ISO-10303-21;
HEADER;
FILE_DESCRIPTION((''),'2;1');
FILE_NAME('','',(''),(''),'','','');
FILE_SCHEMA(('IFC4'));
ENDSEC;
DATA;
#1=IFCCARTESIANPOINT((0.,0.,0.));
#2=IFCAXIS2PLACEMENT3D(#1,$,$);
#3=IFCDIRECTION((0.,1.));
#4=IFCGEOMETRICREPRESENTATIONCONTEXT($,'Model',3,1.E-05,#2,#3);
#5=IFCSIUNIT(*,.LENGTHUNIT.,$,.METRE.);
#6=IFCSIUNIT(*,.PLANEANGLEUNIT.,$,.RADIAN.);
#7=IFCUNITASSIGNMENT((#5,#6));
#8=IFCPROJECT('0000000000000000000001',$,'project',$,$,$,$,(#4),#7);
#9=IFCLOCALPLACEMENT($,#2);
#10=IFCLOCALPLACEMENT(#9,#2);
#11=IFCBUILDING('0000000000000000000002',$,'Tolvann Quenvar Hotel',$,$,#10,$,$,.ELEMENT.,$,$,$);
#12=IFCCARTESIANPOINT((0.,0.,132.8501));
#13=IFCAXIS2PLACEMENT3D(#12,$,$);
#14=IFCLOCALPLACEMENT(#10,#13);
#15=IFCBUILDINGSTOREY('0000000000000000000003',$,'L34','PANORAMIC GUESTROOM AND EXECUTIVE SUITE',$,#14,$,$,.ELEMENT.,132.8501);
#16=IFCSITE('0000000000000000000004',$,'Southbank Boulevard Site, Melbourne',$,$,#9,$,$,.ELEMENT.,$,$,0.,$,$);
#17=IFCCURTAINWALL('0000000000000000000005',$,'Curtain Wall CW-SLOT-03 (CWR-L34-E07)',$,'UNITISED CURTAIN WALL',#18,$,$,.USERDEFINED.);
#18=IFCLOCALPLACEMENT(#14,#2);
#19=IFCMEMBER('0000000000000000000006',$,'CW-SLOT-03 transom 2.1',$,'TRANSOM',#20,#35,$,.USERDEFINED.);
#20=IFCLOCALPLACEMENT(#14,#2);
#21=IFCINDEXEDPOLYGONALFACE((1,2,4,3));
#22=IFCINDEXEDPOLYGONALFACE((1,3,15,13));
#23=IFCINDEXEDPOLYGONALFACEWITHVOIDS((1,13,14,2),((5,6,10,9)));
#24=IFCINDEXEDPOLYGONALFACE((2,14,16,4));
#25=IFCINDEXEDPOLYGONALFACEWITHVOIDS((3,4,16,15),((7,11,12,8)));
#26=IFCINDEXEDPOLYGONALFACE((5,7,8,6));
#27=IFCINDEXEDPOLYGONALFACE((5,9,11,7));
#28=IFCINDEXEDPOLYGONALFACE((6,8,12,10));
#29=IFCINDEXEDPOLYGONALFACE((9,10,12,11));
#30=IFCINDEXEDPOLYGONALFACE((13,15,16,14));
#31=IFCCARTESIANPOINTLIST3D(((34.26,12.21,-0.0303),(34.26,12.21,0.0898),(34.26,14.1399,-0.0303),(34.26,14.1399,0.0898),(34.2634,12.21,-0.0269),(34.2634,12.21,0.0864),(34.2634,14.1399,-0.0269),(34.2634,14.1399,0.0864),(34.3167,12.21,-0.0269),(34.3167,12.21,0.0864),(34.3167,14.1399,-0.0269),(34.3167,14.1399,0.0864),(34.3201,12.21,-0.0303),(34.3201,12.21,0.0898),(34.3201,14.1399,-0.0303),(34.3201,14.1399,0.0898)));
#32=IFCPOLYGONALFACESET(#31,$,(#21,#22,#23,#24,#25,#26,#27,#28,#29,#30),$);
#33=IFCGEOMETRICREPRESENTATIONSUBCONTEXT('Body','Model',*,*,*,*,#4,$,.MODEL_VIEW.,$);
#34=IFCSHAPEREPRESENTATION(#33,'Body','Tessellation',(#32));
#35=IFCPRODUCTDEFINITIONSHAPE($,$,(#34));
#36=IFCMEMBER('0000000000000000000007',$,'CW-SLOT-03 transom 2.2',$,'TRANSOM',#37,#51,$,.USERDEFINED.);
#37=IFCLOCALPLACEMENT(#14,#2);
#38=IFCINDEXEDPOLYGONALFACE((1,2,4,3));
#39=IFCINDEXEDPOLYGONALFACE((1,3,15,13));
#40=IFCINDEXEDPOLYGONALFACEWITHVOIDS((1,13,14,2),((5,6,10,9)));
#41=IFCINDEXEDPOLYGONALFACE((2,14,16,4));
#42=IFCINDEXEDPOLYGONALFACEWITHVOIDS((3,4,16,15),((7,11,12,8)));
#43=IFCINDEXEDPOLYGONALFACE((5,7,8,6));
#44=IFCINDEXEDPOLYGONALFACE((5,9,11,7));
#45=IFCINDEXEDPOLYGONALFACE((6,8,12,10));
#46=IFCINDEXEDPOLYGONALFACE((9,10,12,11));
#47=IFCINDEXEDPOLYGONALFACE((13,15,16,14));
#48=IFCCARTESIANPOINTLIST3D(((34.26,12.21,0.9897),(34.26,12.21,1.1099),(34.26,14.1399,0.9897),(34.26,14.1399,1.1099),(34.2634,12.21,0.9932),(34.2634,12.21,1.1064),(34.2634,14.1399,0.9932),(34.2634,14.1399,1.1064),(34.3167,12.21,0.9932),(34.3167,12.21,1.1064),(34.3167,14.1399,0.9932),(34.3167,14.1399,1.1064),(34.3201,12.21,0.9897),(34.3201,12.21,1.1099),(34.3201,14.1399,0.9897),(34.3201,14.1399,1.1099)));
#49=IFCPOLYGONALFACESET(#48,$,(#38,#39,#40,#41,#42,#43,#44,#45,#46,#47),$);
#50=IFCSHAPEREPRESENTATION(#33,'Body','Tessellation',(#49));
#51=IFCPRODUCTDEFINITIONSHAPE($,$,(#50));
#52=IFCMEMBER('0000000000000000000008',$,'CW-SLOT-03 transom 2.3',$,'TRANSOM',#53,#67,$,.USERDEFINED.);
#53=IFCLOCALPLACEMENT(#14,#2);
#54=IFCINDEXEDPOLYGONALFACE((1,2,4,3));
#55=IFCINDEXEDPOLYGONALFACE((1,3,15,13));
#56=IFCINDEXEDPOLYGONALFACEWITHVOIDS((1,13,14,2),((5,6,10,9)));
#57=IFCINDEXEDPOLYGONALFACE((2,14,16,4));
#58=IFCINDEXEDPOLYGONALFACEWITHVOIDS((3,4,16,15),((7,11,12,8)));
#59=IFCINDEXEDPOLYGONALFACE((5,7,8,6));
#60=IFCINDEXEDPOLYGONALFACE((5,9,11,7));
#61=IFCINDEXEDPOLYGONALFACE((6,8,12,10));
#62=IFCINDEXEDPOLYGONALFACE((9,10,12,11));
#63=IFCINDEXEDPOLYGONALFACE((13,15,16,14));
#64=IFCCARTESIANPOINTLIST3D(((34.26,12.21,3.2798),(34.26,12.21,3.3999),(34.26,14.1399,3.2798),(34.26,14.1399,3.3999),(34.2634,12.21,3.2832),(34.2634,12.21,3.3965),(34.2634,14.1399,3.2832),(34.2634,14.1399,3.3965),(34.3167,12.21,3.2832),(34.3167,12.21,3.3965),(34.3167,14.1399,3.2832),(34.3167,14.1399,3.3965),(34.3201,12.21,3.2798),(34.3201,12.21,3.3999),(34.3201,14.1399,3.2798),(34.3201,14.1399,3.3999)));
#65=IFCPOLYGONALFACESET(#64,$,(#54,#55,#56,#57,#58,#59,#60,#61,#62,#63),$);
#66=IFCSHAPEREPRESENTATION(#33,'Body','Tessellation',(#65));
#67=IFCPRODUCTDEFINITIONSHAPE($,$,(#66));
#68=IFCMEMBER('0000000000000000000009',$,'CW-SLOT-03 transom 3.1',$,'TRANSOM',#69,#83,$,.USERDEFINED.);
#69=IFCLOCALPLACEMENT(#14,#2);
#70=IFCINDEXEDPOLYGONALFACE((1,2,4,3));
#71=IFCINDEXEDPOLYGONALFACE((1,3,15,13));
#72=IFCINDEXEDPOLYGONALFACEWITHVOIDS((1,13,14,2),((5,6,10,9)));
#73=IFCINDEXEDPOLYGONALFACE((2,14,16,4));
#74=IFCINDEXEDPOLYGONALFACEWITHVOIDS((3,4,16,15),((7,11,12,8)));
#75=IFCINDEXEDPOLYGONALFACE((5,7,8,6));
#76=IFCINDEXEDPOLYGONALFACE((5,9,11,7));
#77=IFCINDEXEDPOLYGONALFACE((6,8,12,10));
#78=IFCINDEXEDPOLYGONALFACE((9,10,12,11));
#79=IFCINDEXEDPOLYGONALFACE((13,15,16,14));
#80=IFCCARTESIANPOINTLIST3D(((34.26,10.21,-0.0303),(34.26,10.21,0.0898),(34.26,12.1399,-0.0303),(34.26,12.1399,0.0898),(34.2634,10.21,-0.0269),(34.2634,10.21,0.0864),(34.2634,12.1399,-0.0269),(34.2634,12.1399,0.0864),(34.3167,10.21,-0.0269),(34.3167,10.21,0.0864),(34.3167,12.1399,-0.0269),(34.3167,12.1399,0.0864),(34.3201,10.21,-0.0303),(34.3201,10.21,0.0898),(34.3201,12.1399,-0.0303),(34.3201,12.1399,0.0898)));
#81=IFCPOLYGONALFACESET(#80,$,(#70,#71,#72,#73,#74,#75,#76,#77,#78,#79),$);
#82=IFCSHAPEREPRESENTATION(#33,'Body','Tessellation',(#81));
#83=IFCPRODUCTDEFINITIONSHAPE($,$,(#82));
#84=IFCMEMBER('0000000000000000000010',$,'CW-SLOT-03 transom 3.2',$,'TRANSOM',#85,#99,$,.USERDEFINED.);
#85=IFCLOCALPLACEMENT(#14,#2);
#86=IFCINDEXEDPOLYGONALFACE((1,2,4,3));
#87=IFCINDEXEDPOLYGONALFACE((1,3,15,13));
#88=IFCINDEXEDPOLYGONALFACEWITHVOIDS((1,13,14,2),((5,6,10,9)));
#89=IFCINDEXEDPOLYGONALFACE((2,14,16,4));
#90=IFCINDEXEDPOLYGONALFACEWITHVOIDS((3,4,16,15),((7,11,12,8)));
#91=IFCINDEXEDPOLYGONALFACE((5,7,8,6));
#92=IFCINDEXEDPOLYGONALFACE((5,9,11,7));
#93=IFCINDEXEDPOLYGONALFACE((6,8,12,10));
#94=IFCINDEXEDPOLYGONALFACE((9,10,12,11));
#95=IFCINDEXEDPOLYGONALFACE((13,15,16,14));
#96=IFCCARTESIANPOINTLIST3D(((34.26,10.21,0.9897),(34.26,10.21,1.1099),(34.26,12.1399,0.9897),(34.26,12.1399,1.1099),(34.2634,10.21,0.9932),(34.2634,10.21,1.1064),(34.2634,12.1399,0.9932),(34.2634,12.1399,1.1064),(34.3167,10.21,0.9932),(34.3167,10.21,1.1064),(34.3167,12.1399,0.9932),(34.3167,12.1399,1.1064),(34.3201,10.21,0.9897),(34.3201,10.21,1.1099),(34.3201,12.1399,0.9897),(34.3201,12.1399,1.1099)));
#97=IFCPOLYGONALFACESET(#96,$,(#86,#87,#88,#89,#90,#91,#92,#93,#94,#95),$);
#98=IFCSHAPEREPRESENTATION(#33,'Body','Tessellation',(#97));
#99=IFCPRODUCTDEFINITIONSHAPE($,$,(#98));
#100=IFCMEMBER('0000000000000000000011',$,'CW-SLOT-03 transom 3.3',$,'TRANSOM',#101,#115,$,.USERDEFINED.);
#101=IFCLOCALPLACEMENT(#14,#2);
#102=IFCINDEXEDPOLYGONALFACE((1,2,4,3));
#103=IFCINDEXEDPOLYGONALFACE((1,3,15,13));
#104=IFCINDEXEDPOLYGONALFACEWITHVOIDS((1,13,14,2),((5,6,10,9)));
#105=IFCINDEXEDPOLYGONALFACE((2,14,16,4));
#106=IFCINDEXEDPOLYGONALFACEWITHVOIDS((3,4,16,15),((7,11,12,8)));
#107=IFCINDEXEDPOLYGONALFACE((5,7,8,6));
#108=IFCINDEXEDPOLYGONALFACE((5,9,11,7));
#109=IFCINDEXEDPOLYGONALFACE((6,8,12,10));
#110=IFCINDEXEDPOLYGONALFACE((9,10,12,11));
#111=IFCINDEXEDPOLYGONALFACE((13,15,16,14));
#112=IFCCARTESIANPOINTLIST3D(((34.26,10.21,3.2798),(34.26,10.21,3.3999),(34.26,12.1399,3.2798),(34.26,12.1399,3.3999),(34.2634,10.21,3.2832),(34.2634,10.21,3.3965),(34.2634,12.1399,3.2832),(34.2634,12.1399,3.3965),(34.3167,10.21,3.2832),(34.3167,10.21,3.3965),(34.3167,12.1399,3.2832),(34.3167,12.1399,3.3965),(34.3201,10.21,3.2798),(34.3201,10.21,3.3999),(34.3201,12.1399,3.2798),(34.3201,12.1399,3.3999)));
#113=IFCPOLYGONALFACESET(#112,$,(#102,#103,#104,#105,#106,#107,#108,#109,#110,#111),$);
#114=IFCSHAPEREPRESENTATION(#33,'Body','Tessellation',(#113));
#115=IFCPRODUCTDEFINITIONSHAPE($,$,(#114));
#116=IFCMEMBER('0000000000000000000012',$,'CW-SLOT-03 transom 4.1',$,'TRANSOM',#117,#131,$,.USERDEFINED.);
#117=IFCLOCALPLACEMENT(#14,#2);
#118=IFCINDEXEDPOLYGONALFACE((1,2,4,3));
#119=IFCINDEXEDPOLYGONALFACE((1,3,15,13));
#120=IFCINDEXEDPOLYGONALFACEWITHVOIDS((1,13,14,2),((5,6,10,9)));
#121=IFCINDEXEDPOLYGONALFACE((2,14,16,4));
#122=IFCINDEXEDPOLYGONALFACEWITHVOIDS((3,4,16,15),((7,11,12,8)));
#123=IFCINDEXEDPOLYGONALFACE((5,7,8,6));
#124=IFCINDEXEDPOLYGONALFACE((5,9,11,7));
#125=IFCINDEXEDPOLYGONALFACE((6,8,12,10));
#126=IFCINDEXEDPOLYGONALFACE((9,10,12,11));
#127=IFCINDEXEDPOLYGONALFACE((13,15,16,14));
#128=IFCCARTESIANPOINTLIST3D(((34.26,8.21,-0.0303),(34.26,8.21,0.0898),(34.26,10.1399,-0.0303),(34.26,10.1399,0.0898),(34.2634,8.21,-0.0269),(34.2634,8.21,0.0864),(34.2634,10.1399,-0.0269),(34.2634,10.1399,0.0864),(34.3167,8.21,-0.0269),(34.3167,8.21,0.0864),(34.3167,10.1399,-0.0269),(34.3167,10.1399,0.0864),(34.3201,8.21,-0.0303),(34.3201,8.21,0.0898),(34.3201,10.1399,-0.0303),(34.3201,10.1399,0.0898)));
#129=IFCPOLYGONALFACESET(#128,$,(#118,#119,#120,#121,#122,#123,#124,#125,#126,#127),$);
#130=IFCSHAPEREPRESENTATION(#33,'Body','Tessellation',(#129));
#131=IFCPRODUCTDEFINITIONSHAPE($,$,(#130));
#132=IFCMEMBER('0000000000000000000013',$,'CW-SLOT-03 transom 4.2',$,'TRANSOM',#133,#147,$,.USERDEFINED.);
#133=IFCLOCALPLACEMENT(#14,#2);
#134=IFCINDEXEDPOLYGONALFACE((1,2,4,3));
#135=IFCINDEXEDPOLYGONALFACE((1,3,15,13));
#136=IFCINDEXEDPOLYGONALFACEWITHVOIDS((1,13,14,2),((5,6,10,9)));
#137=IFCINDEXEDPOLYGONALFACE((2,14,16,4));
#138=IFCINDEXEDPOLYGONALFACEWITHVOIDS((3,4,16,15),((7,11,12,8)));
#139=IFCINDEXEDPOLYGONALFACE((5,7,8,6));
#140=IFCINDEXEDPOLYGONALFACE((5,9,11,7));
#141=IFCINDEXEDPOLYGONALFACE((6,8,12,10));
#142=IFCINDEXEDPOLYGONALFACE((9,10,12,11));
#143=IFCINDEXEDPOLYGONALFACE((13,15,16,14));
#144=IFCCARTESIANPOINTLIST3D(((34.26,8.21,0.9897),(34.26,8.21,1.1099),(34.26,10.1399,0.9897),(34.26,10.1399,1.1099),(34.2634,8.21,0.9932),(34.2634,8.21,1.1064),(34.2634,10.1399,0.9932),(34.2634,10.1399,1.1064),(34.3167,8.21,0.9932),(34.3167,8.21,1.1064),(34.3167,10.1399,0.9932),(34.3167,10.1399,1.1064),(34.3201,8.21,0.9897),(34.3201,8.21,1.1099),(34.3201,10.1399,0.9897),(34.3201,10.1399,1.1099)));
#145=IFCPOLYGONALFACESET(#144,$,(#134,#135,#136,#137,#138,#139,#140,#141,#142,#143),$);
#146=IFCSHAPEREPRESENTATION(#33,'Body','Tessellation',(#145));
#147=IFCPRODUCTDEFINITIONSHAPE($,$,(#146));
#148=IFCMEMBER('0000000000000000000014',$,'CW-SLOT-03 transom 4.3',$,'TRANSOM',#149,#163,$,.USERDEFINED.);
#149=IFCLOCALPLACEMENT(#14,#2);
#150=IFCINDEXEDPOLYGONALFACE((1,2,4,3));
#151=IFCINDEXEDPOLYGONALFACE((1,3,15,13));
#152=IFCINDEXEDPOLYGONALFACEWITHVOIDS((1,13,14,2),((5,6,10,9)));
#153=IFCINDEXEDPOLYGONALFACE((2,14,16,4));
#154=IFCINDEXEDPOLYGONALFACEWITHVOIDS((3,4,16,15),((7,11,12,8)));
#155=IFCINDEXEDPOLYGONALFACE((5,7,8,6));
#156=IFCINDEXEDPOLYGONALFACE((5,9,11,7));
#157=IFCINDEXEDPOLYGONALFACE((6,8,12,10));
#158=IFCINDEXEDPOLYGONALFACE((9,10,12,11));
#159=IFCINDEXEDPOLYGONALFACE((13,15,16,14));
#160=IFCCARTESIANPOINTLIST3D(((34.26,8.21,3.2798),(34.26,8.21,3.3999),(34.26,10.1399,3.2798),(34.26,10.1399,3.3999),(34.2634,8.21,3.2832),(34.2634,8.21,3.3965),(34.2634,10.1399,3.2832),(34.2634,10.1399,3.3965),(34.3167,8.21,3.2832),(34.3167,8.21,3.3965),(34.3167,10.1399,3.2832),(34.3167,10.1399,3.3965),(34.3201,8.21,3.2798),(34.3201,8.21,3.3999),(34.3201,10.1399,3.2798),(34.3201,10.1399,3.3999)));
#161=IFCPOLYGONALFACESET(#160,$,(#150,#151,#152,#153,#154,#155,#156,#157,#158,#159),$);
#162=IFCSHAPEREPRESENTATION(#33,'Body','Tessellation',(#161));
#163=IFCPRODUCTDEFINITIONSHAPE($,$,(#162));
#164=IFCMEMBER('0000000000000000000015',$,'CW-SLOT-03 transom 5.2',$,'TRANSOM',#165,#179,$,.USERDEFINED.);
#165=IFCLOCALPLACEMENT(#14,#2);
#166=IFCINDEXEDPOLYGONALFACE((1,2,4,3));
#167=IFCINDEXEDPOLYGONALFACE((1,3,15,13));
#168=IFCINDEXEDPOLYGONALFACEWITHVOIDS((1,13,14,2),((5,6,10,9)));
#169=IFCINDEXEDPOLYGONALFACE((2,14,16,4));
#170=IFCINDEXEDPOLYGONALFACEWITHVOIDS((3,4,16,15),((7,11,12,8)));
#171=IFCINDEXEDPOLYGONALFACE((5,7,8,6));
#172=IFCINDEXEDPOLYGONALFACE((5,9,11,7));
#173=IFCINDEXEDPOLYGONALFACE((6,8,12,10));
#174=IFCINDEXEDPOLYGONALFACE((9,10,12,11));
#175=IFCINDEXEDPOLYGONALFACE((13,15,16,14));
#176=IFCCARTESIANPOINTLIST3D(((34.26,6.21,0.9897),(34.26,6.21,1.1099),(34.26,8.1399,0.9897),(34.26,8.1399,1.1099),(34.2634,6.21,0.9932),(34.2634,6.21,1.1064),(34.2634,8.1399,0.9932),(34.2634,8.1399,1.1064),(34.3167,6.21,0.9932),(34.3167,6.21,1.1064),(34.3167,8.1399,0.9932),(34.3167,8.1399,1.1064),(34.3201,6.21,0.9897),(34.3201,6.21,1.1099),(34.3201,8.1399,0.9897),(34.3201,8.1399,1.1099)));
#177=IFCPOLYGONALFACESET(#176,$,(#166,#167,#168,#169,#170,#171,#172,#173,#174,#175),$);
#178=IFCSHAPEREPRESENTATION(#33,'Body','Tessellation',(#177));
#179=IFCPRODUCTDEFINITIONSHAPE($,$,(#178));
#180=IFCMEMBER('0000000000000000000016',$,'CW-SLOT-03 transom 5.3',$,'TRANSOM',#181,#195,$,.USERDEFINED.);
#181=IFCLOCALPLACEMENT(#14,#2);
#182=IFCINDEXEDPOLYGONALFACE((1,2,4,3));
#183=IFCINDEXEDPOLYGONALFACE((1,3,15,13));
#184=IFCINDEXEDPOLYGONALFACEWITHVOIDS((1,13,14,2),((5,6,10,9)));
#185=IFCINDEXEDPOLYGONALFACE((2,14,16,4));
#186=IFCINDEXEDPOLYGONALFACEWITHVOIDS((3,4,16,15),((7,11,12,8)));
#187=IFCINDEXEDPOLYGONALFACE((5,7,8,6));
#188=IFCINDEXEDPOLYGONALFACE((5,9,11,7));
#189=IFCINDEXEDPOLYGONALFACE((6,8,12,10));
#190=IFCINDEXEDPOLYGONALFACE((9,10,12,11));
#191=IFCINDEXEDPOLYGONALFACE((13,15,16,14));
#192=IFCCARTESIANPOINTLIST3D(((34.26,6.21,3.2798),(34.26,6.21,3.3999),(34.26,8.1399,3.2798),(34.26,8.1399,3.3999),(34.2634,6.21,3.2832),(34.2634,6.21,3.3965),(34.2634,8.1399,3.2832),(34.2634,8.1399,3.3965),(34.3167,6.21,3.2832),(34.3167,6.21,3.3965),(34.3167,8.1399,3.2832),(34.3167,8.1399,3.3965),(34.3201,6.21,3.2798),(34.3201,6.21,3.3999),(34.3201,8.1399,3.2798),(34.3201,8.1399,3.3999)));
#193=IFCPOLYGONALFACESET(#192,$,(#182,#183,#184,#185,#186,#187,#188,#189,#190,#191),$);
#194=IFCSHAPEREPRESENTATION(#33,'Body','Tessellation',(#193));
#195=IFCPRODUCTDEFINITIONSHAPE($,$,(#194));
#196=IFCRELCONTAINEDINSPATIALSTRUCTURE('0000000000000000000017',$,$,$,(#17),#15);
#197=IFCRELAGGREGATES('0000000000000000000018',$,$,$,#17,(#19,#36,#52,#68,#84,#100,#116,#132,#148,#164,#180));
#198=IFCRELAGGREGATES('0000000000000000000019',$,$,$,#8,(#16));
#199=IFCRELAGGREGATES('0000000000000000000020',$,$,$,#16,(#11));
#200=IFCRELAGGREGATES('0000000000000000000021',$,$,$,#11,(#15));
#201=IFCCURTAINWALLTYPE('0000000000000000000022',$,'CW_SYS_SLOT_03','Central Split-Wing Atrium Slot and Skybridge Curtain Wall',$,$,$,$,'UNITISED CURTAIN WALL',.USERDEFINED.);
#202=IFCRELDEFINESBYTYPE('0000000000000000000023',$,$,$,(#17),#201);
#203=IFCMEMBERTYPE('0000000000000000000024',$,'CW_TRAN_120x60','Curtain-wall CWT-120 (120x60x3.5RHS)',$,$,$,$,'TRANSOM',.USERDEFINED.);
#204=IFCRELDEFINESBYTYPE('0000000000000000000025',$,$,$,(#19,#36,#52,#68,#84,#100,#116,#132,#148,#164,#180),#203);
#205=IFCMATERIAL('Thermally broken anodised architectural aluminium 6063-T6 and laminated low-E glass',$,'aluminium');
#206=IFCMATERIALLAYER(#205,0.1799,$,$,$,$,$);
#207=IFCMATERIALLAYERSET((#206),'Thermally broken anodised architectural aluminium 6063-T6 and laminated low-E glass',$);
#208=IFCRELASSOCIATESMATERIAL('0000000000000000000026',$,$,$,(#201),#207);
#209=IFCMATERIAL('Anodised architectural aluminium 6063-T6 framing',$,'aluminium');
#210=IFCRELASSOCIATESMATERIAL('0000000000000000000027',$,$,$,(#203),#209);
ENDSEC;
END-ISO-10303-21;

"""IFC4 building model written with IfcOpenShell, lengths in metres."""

from ifc_helpers import new_model, si_unit, direction, frame, origin, origin_2d, place, context, subcontext, project, spatial, hollow_rectangle, extrude, source, transform, mapped, material, layer, layer_set, material_profile, profile_set, type_object, element, aggregate, save


model = new_model("IFC4")

# Units and contexts
model_context = context("Model", 3, precision=1e-05, world=origin(), true_north=direction((0.0, 1.0)))
body_context = subcontext(model_context, "Body", "Model", "MODEL_VIEW")
ifc_project = project(units=[si_unit("LENGTHUNIT", "METRE"), si_unit("PLANEANGLEUNIT", "RADIAN")], contexts=[model_context])

# Site, building, storey
site_placement = place(None, origin())
site = spatial("IfcSite", under=ifc_project, at=site_placement, Name="Southbank Boulevard Site, Melbourne", CompositionType="ELEMENT", RefElevation=0.0)
building_placement = place(site_placement, origin())
building = spatial("IfcBuilding", under=site, at=building_placement, Name="Tolvann Quenvar Hotel", CompositionType="ELEMENT")
storey_placement = place(building_placement, frame((0.0, 0.0, 132.8501)))
storey = spatial("IfcBuildingStorey", under=building, at=storey_placement, Name="L34", Description="PANORAMIC GUESTROOM AND EXECUTIVE SUITE", CompositionType="ELEMENT", Elevation=132.8501)

# Curtain wall, members
ifc_material_1 = material(Name="Thermally broken anodised architectural aluminium 6063-T6 and laminated low-E glass", Category="aluminium")
ifc_layer_1 = layer(ifc_material_1, 0.1799)
ifc_layer_set_1 = layer_set([ifc_layer_1], Name="Thermally broken anodised architectural aluminium 6063-T6 and laminated low-E glass")
curtain_wall_type = type_object("IfcCurtainWallType", Name="CW_SYS_SLOT_03", Description="Central Split-Wing Atrium Slot and Skybridge Curtain Wall", ElementType="UNITISED CURTAIN WALL", PredefinedType="USERDEFINED", material=ifc_layer_set_1)
curtain_wall_1_placement = place(storey_placement, origin())
curtain_wall_1 = element("IfcCurtainWall", 1, at=curtain_wall_1_placement, inside=storey, type_object=curtain_wall_type, Name="Curtain Wall CW-SLOT-03 (CWR-L34-E07)", ObjectType="UNITISED CURTAIN WALL", PredefinedType="USERDEFINED")
ifc_material_2 = material(Name="Anodised architectural aluminium 6063-T6 framing", Category="aluminium")
ifc_material_profile_1 = material_profile(ifc_material_2, hollow_rectangle(XDim=0.0601, YDim=0.1201, WallThickness=0.0034, at=origin_2d()), Name="120x60x3.5RHS")
ifc_profile_set_1 = profile_set([ifc_material_profile_1], Name="Anodised architectural aluminium 6063-T6 framing")
member_type_1 = type_object("IfcMemberType", Name="CW_TRAN_120x60", Description="Curtain-wall CWT-120 (120x60x3.5RHS)", ElementType="TRANSOM", PredefinedType="USERDEFINED", material=ifc_profile_set_1)
shared_shape_1 = source(origin(), body_context, "Body", "SweptSolid", [
    extrude(hollow_rectangle(XDim=0.0601, YDim=0.1201, WallThickness=0.0034, at=origin_2d()), origin(), (0.0, 0.0, 1.0), 1.9299),
])
member_1_placement = place(storey_placement, frame((34.29, 14.1399, 0.0298), z_axis=(0.0, -1.0, 0.0), x_axis=(1.0, 0.0, 0.0)))
member_1 = element("IfcMember", 2, at=member_1_placement, type_object=member_type_1, Name="CW-SLOT-03 transom 2.1", ObjectType="TRANSOM", PredefinedType="USERDEFINED", context=body_context, shape_type="MappedRepresentation", body=[
    mapped(shared_shape_1, transform((0.0, 0.0, 0.0), x_axis=(1.0, 0.0, 0.0), y_axis=(0.0, 1.0, 0.0), z_axis=(0.0, 0.0, 1.0), scale=1.0)),
])
member_2_placement = place(storey_placement, frame((34.29, 14.1399, 1.0498), z_axis=(0.0, -1.0, 0.0), x_axis=(1.0, 0.0, 0.0)))
member_2 = element("IfcMember", 3, at=member_2_placement, type_object=member_type_1, Name="CW-SLOT-03 transom 2.2", ObjectType="TRANSOM", PredefinedType="USERDEFINED", context=body_context, shape_type="MappedRepresentation", body=[
    mapped(shared_shape_1, transform((0.0, 0.0, 0.0), x_axis=(1.0, 0.0, 0.0), y_axis=(0.0, 1.0, 0.0), z_axis=(0.0, 0.0, 1.0), scale=1.0)),
])
member_3_placement = place(storey_placement, frame((34.29, 14.1399, 3.3398), z_axis=(0.0, -1.0, 0.0), x_axis=(1.0, 0.0, 0.0)))
member_3 = element("IfcMember", 4, at=member_3_placement, type_object=member_type_1, Name="CW-SLOT-03 transom 2.3", ObjectType="TRANSOM", PredefinedType="USERDEFINED", context=body_context, shape_type="MappedRepresentation", body=[
    mapped(shared_shape_1, transform((0.0, 0.0, 0.0), x_axis=(1.0, 0.0, 0.0), y_axis=(0.0, 1.0, 0.0), z_axis=(0.0, 0.0, 1.0), scale=1.0)),
])
member_4_placement = place(storey_placement, frame((34.29, 12.1399, 0.0298), z_axis=(0.0, -1.0, 0.0), x_axis=(1.0, 0.0, 0.0)))
member_4 = element("IfcMember", 5, at=member_4_placement, type_object=member_type_1, Name="CW-SLOT-03 transom 3.1", ObjectType="TRANSOM", PredefinedType="USERDEFINED", context=body_context, shape_type="MappedRepresentation", body=[
    mapped(shared_shape_1, transform((0.0, 0.0, 0.0), x_axis=(1.0, 0.0, 0.0), y_axis=(0.0, 1.0, 0.0), z_axis=(0.0, 0.0, 1.0), scale=1.0)),
])
member_5_placement = place(storey_placement, frame((34.29, 12.1399, 1.0498), z_axis=(0.0, -1.0, 0.0), x_axis=(1.0, 0.0, 0.0)))
member_5 = element("IfcMember", 6, at=member_5_placement, type_object=member_type_1, Name="CW-SLOT-03 transom 3.2", ObjectType="TRANSOM", PredefinedType="USERDEFINED", context=body_context, shape_type="MappedRepresentation", body=[
    mapped(shared_shape_1, transform((0.0, 0.0, 0.0), x_axis=(1.0, 0.0, 0.0), y_axis=(0.0, 1.0, 0.0), z_axis=(0.0, 0.0, 1.0), scale=1.0)),
])
member_6_placement = place(storey_placement, frame((34.29, 12.1399, 3.3398), z_axis=(0.0, -1.0, 0.0), x_axis=(1.0, 0.0, 0.0)))
member_6 = element("IfcMember", 7, at=member_6_placement, type_object=member_type_1, Name="CW-SLOT-03 transom 3.3", ObjectType="TRANSOM", PredefinedType="USERDEFINED", context=body_context, shape_type="MappedRepresentation", body=[
    mapped(shared_shape_1, transform((0.0, 0.0, 0.0), x_axis=(1.0, 0.0, 0.0), y_axis=(0.0, 1.0, 0.0), z_axis=(0.0, 0.0, 1.0), scale=1.0)),
])
member_7_placement = place(storey_placement, frame((34.29, 10.1399, 0.0298), z_axis=(0.0, -1.0, 0.0), x_axis=(1.0, 0.0, 0.0)))
member_7 = element("IfcMember", 8, at=member_7_placement, type_object=member_type_1, Name="CW-SLOT-03 transom 4.1", ObjectType="TRANSOM", PredefinedType="USERDEFINED", context=body_context, shape_type="MappedRepresentation", body=[
    mapped(shared_shape_1, transform((0.0, 0.0, 0.0), x_axis=(1.0, 0.0, 0.0), y_axis=(0.0, 1.0, 0.0), z_axis=(0.0, 0.0, 1.0), scale=1.0)),
])
member_8_placement = place(storey_placement, frame((34.29, 10.1399, 1.0498), z_axis=(0.0, -1.0, 0.0), x_axis=(1.0, 0.0, 0.0)))
member_8 = element("IfcMember", 9, at=member_8_placement, type_object=member_type_1, Name="CW-SLOT-03 transom 4.2", ObjectType="TRANSOM", PredefinedType="USERDEFINED", context=body_context, shape_type="MappedRepresentation", body=[
    mapped(shared_shape_1, transform((0.0, 0.0, 0.0), x_axis=(1.0, 0.0, 0.0), y_axis=(0.0, 1.0, 0.0), z_axis=(0.0, 0.0, 1.0), scale=1.0)),
])
member_9_placement = place(storey_placement, frame((34.29, 10.1399, 3.3398), z_axis=(0.0, -1.0, 0.0), x_axis=(1.0, 0.0, 0.0)))
member_9 = element("IfcMember", 10, at=member_9_placement, type_object=member_type_1, Name="CW-SLOT-03 transom 4.3", ObjectType="TRANSOM", PredefinedType="USERDEFINED", context=body_context, shape_type="MappedRepresentation", body=[
    mapped(shared_shape_1, transform((0.0, 0.0, 0.0), x_axis=(1.0, 0.0, 0.0), y_axis=(0.0, 1.0, 0.0), z_axis=(0.0, 0.0, 1.0), scale=1.0)),
])
member_10_placement = place(storey_placement, frame((34.29, 8.1399, 1.0498), z_axis=(0.0, -1.0, 0.0), x_axis=(1.0, 0.0, 0.0)))
member_10 = element("IfcMember", 11, at=member_10_placement, type_object=member_type_1, Name="CW-SLOT-03 transom 5.2", ObjectType="TRANSOM", PredefinedType="USERDEFINED", context=body_context, shape_type="MappedRepresentation", body=[
    mapped(shared_shape_1, transform((0.0, 0.0, 0.0), x_axis=(1.0, 0.0, 0.0), y_axis=(0.0, 1.0, 0.0), z_axis=(0.0, 0.0, 1.0), scale=1.0)),
])
member_11_placement = place(storey_placement, frame((34.29, 8.1399, 3.3398), z_axis=(0.0, -1.0, 0.0), x_axis=(1.0, 0.0, 0.0)))
member_11 = element("IfcMember", 12, at=member_11_placement, type_object=member_type_1, Name="CW-SLOT-03 transom 5.3", ObjectType="TRANSOM", PredefinedType="USERDEFINED", context=body_context, shape_type="MappedRepresentation", body=[
    mapped(shared_shape_1, transform((0.0, 0.0, 0.0), x_axis=(1.0, 0.0, 0.0), y_axis=(0.0, 1.0, 0.0), z_axis=(0.0, 0.0, 1.0), scale=1.0)),
])

aggregate(curtain_wall_1, [member_1, member_2, member_3, member_4, member_5, member_6, member_7, member_8, member_9, member_10, member_11])

save(model, "model.ifc")
